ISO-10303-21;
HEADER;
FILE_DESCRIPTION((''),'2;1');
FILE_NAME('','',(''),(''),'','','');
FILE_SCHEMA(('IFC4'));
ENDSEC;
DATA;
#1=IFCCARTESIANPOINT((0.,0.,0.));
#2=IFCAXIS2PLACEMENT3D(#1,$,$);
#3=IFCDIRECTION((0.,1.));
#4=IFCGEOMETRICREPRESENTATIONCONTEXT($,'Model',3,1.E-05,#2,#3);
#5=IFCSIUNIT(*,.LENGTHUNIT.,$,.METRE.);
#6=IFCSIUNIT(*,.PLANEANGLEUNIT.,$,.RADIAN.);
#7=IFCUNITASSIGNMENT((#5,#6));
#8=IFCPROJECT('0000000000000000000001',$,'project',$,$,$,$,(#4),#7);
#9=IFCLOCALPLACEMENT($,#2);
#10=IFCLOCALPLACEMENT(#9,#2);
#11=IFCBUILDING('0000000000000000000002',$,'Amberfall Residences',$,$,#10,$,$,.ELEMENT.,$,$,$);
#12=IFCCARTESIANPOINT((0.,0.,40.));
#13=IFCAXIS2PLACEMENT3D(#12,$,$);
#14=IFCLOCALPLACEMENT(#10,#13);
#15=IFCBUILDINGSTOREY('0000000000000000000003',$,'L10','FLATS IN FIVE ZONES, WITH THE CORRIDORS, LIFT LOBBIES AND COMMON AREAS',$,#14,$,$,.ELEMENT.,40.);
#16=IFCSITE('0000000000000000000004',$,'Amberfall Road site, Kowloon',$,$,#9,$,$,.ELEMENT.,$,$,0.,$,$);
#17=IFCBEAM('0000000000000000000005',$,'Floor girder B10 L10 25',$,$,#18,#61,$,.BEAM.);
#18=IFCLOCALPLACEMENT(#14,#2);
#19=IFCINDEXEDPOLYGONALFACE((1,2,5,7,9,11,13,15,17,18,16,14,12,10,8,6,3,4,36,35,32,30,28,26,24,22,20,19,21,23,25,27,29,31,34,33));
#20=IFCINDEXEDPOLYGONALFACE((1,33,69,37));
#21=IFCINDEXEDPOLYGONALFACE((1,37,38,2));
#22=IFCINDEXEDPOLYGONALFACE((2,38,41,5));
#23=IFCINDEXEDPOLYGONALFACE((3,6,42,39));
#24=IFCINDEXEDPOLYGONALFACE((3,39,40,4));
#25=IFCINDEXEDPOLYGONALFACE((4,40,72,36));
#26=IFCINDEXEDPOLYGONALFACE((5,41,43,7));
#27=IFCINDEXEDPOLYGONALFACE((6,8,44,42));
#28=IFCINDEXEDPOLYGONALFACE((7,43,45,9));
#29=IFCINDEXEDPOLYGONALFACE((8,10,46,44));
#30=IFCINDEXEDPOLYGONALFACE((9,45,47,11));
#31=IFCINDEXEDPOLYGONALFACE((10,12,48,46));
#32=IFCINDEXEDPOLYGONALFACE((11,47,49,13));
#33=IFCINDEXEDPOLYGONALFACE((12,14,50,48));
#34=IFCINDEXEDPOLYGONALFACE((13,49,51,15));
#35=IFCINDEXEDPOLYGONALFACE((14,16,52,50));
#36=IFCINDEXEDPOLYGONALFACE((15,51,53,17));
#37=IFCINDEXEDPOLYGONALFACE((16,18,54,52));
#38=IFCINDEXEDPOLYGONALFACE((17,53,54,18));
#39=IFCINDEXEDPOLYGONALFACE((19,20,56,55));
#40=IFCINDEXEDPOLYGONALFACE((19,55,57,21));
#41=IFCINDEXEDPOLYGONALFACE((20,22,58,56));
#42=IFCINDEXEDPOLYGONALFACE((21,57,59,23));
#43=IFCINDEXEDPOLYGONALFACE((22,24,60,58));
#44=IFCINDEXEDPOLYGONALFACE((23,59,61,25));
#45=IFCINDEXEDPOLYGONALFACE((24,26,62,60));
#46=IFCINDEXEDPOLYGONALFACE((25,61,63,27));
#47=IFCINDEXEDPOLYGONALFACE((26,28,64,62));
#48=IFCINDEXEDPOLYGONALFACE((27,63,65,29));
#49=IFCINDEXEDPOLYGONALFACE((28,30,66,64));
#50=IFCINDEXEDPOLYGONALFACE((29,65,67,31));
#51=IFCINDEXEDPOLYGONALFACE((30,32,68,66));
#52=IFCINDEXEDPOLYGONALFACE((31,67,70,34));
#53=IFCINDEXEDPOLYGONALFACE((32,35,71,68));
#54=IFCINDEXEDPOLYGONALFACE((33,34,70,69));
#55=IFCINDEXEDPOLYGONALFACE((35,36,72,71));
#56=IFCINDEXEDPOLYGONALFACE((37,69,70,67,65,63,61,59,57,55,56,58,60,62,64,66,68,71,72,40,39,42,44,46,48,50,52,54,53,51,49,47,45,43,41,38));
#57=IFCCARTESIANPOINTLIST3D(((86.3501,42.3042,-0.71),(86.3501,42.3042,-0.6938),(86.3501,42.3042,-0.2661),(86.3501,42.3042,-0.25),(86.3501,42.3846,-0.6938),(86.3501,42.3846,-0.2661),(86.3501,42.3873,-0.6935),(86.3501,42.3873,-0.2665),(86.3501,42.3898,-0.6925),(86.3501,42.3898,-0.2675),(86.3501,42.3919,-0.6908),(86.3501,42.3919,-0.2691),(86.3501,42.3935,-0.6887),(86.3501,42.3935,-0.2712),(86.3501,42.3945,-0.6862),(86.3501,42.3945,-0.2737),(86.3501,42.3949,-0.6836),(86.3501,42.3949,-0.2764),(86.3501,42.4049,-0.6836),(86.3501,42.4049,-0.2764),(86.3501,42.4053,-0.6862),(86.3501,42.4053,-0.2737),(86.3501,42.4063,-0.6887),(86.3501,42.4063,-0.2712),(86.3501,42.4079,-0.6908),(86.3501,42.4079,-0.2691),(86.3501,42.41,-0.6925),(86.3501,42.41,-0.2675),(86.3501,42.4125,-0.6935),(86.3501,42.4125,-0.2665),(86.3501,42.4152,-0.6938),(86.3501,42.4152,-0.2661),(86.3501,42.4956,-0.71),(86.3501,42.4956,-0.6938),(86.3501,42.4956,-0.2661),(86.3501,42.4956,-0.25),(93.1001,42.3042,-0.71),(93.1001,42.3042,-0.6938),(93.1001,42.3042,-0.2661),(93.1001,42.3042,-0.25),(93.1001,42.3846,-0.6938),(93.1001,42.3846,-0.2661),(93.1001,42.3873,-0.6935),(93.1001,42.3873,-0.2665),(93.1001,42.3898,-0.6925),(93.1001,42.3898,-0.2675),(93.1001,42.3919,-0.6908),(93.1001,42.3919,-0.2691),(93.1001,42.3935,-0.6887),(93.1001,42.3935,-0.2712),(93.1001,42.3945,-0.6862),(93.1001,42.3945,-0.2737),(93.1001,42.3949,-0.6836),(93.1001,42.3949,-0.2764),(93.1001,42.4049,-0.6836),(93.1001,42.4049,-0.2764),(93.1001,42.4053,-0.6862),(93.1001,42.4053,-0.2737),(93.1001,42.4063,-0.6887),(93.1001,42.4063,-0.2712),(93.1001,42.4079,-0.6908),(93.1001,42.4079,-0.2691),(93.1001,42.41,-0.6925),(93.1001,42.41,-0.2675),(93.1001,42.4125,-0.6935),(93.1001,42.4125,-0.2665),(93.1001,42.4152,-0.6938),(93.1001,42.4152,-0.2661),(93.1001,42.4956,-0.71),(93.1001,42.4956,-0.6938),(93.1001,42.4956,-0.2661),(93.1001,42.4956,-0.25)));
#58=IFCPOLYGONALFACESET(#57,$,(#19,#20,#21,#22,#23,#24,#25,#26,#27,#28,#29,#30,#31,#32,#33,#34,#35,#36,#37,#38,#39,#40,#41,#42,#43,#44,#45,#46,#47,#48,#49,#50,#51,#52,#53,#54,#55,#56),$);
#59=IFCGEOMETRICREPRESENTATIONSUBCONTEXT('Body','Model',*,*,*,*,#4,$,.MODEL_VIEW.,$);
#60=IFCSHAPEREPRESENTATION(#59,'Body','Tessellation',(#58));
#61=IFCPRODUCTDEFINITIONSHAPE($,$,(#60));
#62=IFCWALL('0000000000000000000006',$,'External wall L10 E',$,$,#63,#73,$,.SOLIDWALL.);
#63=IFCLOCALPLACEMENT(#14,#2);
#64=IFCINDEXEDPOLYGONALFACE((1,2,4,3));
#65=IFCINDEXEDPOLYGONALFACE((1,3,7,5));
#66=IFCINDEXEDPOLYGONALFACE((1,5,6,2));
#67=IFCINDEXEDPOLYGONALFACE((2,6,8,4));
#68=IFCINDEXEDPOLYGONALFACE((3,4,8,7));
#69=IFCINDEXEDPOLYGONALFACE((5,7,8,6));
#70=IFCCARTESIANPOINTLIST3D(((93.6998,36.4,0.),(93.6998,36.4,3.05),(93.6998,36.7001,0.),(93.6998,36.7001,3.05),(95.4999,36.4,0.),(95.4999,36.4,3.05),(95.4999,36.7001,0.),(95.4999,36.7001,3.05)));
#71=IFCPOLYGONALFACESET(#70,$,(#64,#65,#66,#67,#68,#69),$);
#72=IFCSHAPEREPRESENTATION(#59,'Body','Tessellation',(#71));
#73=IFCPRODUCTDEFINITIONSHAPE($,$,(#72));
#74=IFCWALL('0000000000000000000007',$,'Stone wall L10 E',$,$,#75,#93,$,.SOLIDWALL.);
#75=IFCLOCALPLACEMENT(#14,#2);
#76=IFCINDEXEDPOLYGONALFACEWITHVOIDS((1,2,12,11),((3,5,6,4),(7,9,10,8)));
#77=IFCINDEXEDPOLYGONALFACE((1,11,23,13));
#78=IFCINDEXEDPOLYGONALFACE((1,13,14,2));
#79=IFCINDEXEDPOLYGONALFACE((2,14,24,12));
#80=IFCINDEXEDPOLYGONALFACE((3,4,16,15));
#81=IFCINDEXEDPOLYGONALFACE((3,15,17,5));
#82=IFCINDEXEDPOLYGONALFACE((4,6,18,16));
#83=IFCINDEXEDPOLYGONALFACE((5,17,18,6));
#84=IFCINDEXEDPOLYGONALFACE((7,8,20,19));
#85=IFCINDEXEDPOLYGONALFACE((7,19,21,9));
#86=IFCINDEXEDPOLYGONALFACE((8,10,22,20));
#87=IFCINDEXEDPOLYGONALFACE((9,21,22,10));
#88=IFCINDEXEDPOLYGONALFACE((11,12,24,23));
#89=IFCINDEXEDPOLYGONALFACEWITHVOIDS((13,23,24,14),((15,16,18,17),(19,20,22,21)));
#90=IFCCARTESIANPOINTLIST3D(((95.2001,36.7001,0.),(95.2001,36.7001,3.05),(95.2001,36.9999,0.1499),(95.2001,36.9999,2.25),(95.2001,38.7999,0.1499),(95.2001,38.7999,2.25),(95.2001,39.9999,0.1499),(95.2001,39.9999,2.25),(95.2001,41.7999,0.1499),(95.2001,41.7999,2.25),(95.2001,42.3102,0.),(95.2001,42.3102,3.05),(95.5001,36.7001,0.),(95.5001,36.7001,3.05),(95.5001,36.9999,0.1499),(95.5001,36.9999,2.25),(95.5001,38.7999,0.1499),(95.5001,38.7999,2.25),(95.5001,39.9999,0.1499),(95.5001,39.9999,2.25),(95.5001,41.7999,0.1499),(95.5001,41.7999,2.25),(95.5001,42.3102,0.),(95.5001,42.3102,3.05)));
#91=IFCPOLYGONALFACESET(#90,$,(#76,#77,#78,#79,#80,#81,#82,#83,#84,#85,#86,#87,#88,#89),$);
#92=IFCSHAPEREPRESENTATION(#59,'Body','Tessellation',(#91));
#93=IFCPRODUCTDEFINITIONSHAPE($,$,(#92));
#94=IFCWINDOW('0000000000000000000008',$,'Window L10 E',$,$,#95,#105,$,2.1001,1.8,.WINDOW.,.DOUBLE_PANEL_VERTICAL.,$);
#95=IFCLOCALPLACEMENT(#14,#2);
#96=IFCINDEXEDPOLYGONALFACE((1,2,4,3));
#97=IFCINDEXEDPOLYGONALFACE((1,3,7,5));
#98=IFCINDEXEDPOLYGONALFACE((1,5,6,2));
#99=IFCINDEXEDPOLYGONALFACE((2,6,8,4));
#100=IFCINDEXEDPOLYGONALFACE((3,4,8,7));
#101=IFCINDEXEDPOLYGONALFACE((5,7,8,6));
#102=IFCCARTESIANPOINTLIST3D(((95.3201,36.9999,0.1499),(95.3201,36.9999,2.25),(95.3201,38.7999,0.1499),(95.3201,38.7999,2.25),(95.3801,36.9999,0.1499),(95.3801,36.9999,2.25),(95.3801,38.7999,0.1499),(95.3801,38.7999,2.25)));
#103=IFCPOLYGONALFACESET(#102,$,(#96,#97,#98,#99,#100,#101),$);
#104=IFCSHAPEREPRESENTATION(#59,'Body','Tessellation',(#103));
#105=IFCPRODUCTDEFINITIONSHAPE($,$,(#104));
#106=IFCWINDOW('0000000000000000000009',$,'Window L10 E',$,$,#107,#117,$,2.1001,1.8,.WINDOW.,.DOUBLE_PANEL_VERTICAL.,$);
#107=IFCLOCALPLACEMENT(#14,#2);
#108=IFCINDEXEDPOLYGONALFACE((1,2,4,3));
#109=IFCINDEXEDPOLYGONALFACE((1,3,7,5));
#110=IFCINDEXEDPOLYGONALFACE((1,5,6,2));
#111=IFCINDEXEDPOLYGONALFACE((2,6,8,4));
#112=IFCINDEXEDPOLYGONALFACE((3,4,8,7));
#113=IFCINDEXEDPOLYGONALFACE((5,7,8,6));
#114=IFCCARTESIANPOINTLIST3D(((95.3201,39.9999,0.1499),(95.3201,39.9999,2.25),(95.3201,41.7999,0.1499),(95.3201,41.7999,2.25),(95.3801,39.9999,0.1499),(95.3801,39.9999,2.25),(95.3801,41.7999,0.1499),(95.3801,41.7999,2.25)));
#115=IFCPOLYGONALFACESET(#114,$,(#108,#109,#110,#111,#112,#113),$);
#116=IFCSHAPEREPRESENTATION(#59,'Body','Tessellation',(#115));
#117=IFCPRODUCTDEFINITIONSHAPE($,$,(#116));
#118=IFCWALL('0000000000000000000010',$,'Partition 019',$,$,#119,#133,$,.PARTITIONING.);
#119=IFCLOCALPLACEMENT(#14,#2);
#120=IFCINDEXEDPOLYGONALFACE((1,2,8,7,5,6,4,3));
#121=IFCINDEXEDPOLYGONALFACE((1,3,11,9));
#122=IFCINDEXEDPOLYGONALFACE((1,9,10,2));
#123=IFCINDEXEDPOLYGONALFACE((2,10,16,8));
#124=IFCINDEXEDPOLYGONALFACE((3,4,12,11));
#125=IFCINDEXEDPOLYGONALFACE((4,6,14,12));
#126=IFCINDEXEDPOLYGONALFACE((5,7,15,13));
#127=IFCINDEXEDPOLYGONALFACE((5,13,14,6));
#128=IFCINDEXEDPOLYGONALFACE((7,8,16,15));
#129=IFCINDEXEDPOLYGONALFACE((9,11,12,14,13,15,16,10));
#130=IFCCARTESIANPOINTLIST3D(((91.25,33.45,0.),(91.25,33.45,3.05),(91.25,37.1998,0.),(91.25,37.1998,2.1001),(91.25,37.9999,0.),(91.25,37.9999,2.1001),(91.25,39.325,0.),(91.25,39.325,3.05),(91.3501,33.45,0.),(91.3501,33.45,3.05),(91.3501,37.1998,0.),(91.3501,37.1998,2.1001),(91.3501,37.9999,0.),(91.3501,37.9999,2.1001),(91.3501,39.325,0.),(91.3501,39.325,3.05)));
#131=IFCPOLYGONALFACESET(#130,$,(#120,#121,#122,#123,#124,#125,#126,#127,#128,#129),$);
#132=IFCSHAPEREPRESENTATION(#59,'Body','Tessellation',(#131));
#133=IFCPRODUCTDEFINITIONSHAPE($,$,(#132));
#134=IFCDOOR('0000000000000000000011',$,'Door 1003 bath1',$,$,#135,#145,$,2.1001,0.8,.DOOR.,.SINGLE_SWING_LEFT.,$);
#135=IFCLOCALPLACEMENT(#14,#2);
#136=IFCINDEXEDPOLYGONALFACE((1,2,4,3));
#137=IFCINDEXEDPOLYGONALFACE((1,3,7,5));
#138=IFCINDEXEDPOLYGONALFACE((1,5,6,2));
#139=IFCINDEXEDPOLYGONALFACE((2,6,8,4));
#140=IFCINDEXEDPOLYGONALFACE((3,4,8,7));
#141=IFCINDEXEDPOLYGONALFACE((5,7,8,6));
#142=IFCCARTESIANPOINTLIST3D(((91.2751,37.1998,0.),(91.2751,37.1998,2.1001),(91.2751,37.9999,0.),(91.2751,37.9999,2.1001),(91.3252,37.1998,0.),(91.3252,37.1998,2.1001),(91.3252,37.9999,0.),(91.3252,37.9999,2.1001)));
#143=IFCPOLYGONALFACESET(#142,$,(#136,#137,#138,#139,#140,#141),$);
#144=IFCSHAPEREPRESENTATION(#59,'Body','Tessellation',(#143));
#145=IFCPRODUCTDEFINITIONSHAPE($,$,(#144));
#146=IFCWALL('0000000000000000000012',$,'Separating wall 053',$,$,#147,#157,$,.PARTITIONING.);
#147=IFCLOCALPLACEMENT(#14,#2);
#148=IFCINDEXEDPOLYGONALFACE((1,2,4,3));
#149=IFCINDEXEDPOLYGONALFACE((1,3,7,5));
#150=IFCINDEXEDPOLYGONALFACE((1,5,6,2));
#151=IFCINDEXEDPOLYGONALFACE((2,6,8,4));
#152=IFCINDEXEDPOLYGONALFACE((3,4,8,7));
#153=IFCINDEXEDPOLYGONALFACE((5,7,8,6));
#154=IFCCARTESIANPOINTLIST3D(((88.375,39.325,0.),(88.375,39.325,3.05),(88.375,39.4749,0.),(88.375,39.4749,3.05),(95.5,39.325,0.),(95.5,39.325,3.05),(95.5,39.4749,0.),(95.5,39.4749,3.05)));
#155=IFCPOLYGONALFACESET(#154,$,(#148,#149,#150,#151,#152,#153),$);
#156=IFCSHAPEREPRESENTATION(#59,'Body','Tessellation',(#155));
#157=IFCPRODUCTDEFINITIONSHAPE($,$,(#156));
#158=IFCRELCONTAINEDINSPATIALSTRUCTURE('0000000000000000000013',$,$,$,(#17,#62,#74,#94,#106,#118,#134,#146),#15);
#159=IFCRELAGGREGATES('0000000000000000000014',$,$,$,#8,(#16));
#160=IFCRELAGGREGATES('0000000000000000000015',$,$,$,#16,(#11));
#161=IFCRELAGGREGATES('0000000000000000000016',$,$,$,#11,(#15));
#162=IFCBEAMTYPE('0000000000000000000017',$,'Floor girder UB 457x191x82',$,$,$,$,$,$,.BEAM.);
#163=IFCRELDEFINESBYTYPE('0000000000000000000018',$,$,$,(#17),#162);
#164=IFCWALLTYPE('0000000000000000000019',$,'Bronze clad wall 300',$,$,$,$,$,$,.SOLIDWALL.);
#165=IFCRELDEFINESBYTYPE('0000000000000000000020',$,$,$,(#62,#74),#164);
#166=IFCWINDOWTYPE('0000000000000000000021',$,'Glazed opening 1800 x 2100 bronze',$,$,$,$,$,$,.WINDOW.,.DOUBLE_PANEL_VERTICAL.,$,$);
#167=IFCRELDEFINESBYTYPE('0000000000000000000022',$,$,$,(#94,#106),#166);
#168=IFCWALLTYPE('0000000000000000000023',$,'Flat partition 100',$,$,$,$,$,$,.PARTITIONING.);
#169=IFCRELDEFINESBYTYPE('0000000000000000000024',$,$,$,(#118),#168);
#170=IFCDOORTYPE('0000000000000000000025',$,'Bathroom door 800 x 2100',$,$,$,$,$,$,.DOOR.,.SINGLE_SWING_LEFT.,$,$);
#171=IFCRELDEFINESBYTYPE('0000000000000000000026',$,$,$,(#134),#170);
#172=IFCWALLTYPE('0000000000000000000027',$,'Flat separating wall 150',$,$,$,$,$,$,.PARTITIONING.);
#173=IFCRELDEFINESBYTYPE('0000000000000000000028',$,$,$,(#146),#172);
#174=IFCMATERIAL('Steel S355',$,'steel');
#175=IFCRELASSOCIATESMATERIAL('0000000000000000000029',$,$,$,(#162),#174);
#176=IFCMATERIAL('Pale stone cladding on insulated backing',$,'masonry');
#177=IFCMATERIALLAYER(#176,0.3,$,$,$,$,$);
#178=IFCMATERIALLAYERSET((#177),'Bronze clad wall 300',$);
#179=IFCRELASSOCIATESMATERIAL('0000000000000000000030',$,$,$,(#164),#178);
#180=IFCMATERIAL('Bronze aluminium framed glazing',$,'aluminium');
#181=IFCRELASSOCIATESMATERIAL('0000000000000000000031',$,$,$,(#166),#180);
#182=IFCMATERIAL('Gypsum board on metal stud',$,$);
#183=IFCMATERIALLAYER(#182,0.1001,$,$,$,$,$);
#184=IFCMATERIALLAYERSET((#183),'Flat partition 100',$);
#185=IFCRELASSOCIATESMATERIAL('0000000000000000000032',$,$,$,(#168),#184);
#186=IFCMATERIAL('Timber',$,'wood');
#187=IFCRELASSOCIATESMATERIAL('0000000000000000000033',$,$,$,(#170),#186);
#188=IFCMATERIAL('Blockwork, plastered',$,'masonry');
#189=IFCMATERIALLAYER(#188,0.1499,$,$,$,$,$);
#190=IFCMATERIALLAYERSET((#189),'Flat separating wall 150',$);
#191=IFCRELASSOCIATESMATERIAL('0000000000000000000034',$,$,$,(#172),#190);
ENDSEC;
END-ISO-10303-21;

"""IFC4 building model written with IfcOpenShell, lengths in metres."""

from ifc_helpers import new_model, si_unit, direction, frame, frame_2d, origin, origin_2d, place, context, subcontext, project, spatial, rectangle, i_section, extrude, material, layer, layer_set, material_profile, profile_set, type_object, element, fill, save


model = new_model("IFC4")

# Units and contexts
model_context = context("Model", 3, precision=1e-05, world=origin(), true_north=direction((0.0, 1.0)))
body_context = subcontext(model_context, "Body", "Model", "MODEL_VIEW")
ifc_project = project(units=[si_unit("LENGTHUNIT", "METRE"), si_unit("PLANEANGLEUNIT", "RADIAN")], contexts=[model_context])

# Site, building, storey
site_placement = place(None, origin())
site = spatial("IfcSite", under=ifc_project, at=site_placement, Name="Amberfall Road site, Kowloon", CompositionType="ELEMENT", RefElevation=0.0)
building_placement = place(site_placement, origin())
building = spatial("IfcBuilding", under=site, at=building_placement, Name="Amberfall Residences", CompositionType="ELEMENT")
storey_placement = place(building_placement, frame((0.0, 0.0, 40.0)))
storey = spatial("IfcBuildingStorey", under=building, at=storey_placement, Name="L10", Description="FLATS IN FIVE ZONES, WITH THE CORRIDORS, LIFT LOBBIES AND COMMON AREAS", CompositionType="ELEMENT", Elevation=40.0)

# Beam
ifc_material_1 = material(Name="Steel S355", Category="steel")
ifc_material_profile_1 = material_profile(ifc_material_1, i_section(OverallWidth=0.1914, OverallDepth=0.46, WebThickness=0.01, FlangeThickness=0.0161, FilletRadius=0.0103, at=origin_2d()), Name="UB 457x191x82")
ifc_profile_set_1 = profile_set([ifc_material_profile_1], Name="Steel S355")
beam_type_1 = type_object("IfcBeamType", Name="Floor girder UB 457x191x82", PredefinedType="BEAM", material=ifc_profile_set_1)
beam_1_placement = place(storey_placement, frame((93.1001, 42.3999, -0.48), z_axis=(-1.0, 0.0, 0.0), x_axis=(0.0, -1.0, 0.0)))
element("IfcBeam", 1, at=beam_1_placement, inside=storey, type_object=beam_type_1, Name="Floor girder B10 L10 25", PredefinedType="BEAM", context=body_context, shape_type="SweptSolid", body=[
    extrude(i_section(OverallWidth=0.1914, OverallDepth=0.46, WebThickness=0.01, FlangeThickness=0.0161, FilletRadius=0.0103, at=origin_2d()), origin(), (0.0, 0.0, 1.0), 6.75),
])

# Wall
ifc_material_2 = material(Name="Pale stone cladding on insulated backing", Category="masonry")
ifc_layer_1 = layer(ifc_material_2, 0.3)
ifc_layer_set_1 = layer_set([ifc_layer_1], Name="Bronze clad wall 300")
wall_type_1 = type_object("IfcWallType", Name="Bronze clad wall 300", PredefinedType="SOLIDWALL", material=ifc_layer_set_1)
wall_1_placement = place(storey_placement, frame((93.7, 36.55, 0.0), z_axis=(0.0, 0.0, 1.0), x_axis=(1.0, 0.0, 0.0)))
element("IfcWall", 2, at=wall_1_placement, inside=storey, type_object=wall_type_1, Name="External wall L10 E", PredefinedType="SOLIDWALL", context=body_context, shape_type="SweptSolid", body=[
    extrude(rectangle(XDim=1.8, YDim=0.3, at=frame_2d((0.8999, 0.0))), origin(), (0.0, 0.0, 1.0), 3.05),
])

# Wall, openings, windows
wall_2_placement = place(storey_placement, frame((95.3501, 36.7, 0.0), z_axis=(0.0, 0.0, 1.0), x_axis=(0.0, 1.0, 0.0)))
wall_2 = element("IfcWall", 3, at=wall_2_placement, inside=storey, type_object=wall_type_1, Name="Stone wall L10 E", PredefinedType="SOLIDWALL", context=body_context, shape_type="SweptSolid", body=[
    extrude(rectangle(XDim=5.6101, YDim=0.3, at=frame_2d((2.8052, 0.0))), origin(), (0.0, 0.0, 1.0), 3.05),
])
opening_1_placement = place(wall_2_placement, frame((0.3, 0.0, 0.1499)))
opening_1 = element("IfcOpeningElement", 4, at=opening_1_placement, cuts=wall_2, PredefinedType="OPENING", context=body_context, shape_type="SweptSolid", body=[
    extrude(rectangle(XDim=1.8, YDim=2.1001, at=frame_2d((0.8999, 1.05))), frame((0.0, 0.1599, 0.0), z_axis=(0.0, -1.0, 0.0), x_axis=(1.0, 0.0, 0.0)), (0.0, 0.0, 1.0), 0.3201),
])
opening_2_placement = place(wall_2_placement, frame((3.3, 0.0, 0.1499)))
opening_2 = element("IfcOpeningElement", 5, at=opening_2_placement, cuts=wall_2, PredefinedType="OPENING", context=body_context, shape_type="SweptSolid", body=[
    extrude(rectangle(XDim=1.8, YDim=2.1001, at=frame_2d((0.8999, 1.05))), frame((0.0, 0.1599, 0.0), z_axis=(0.0, -1.0, 0.0), x_axis=(1.0, 0.0, 0.0)), (0.0, 0.0, 1.0), 0.3201),
])
ifc_material_3 = material(Name="Bronze aluminium framed glazing", Category="aluminium")
window_type = type_object("IfcWindowType", Name="Glazed opening 1800 x 2100 bronze", PartitioningType="DOUBLE_PANEL_VERTICAL", PredefinedType="WINDOW", material=ifc_material_3)
window_1_placement = place(opening_1_placement, origin())
window_1 = element("IfcWindow", 6, at=window_1_placement, inside=storey, type_object=window_type, Name="Window L10 E", OverallHeight=2.1001, OverallWidth=1.8, PartitioningType="DOUBLE_PANEL_VERTICAL", PredefinedType="WINDOW", context=body_context, shape_type="SweptSolid", body=[
    extrude(rectangle(XDim=1.8, YDim=2.1001, at=frame_2d((0.8999, 1.05))), frame((0.0, 0.03, 0.0), z_axis=(0.0, -1.0, 0.0), x_axis=(1.0, 0.0, 0.0)), (0.0, 0.0, 1.0), 0.0601),
])
fill(opening_1, window_1)
window_2_placement = place(opening_2_placement, origin())
window_2 = element("IfcWindow", 7, at=window_2_placement, inside=storey, type_object=window_type, Name="Window L10 E", OverallHeight=2.1001, OverallWidth=1.8, PartitioningType="DOUBLE_PANEL_VERTICAL", PredefinedType="WINDOW", context=body_context, shape_type="SweptSolid", body=[
    extrude(rectangle(XDim=1.8, YDim=2.1001, at=frame_2d((0.8999, 1.05))), frame((0.0, 0.03, 0.0), z_axis=(0.0, -1.0, 0.0), x_axis=(1.0, 0.0, 0.0)), (0.0, 0.0, 1.0), 0.0601),
])
fill(opening_2, window_2)

# Wall, opening, door
ifc_material_4 = material(Name="Gypsum board on metal stud")
ifc_layer_2 = layer(ifc_material_4, 0.1001)
ifc_layer_set_2 = layer_set([ifc_layer_2], Name="Flat partition 100")
wall_type_2 = type_object("IfcWallType", Name="Flat partition 100", PredefinedType="PARTITIONING", material=ifc_layer_set_2)
wall_3_placement = place(storey_placement, frame((91.3, 33.45, 0.0), z_axis=(0.0, 0.0, 1.0), x_axis=(0.0, 1.0, 0.0)))
wall_3 = element("IfcWall", 8, at=wall_3_placement, inside=storey, type_object=wall_type_2, Name="Partition 019", PredefinedType="PARTITIONING", context=body_context, shape_type="SweptSolid", body=[
    extrude(rectangle(XDim=5.875, YDim=0.1001, at=frame_2d((2.9375, 0.0))), origin(), (0.0, 0.0, 1.0), 3.05),
])
opening_3_placement = place(wall_3_placement, frame((3.75, 0.0, 0.0)))
opening_3 = element("IfcOpeningElement", 9, at=opening_3_placement, cuts=wall_3, PredefinedType="OPENING", context=body_context, shape_type="SweptSolid", body=[
    extrude(rectangle(XDim=0.8, YDim=2.1001, at=frame_2d((0.3999, 1.05))), frame((0.0, 0.0601, 0.0), z_axis=(0.0, -1.0, 0.0), x_axis=(1.0, 0.0, 0.0)), (0.0, 0.0, 1.0), 0.1201),
])
ifc_material_5 = material(Name="Timber", Category="wood")
door_type_1 = type_object("IfcDoorType", Name="Bathroom door 800 x 2100", OperationType="SINGLE_SWING_LEFT", PredefinedType="DOOR", material=ifc_material_5)
door_1_placement = place(opening_3_placement, origin())
door_1 = element("IfcDoor", 10, at=door_1_placement, inside=storey, type_object=door_type_1, Name="Door 1003 bath1", OperationType="SINGLE_SWING_LEFT", OverallHeight=2.1001, OverallWidth=0.8, PredefinedType="DOOR", context=body_context, shape_type="SweptSolid", body=[
    extrude(rectangle(XDim=0.8, YDim=2.1001, at=frame_2d((0.3999, 1.05))), frame((0.0, 0.0249, 0.0), z_axis=(0.0, -1.0, 0.0), x_axis=(1.0, 0.0, 0.0)), (0.0, 0.0, 1.0), 0.05),
])
fill(opening_3, door_1)

# Wall
ifc_material_6 = material(Name="Blockwork, plastered", Category="masonry")
ifc_layer_3 = layer(ifc_material_6, 0.1499)
ifc_layer_set_3 = layer_set([ifc_layer_3], Name="Flat separating wall 150")
wall_type_3 = type_object("IfcWallType", Name="Flat separating wall 150", PredefinedType="PARTITIONING", material=ifc_layer_set_3)
wall_4_placement = place(storey_placement, frame((88.375, 39.3999, 0.0), z_axis=(0.0, 0.0, 1.0), x_axis=(1.0, 0.0, 0.0)))
element("IfcWall", 11, at=wall_4_placement, inside=storey, type_object=wall_type_3, Name="Separating wall 053", PredefinedType="PARTITIONING", context=body_context, shape_type="SweptSolid", body=[
    extrude(rectangle(XDim=7.125, YDim=0.1499, at=frame_2d((3.5625, 0.0))), origin(), (0.0, 0.0, 1.0), 3.05),
])

save(model, "model.ifc")
